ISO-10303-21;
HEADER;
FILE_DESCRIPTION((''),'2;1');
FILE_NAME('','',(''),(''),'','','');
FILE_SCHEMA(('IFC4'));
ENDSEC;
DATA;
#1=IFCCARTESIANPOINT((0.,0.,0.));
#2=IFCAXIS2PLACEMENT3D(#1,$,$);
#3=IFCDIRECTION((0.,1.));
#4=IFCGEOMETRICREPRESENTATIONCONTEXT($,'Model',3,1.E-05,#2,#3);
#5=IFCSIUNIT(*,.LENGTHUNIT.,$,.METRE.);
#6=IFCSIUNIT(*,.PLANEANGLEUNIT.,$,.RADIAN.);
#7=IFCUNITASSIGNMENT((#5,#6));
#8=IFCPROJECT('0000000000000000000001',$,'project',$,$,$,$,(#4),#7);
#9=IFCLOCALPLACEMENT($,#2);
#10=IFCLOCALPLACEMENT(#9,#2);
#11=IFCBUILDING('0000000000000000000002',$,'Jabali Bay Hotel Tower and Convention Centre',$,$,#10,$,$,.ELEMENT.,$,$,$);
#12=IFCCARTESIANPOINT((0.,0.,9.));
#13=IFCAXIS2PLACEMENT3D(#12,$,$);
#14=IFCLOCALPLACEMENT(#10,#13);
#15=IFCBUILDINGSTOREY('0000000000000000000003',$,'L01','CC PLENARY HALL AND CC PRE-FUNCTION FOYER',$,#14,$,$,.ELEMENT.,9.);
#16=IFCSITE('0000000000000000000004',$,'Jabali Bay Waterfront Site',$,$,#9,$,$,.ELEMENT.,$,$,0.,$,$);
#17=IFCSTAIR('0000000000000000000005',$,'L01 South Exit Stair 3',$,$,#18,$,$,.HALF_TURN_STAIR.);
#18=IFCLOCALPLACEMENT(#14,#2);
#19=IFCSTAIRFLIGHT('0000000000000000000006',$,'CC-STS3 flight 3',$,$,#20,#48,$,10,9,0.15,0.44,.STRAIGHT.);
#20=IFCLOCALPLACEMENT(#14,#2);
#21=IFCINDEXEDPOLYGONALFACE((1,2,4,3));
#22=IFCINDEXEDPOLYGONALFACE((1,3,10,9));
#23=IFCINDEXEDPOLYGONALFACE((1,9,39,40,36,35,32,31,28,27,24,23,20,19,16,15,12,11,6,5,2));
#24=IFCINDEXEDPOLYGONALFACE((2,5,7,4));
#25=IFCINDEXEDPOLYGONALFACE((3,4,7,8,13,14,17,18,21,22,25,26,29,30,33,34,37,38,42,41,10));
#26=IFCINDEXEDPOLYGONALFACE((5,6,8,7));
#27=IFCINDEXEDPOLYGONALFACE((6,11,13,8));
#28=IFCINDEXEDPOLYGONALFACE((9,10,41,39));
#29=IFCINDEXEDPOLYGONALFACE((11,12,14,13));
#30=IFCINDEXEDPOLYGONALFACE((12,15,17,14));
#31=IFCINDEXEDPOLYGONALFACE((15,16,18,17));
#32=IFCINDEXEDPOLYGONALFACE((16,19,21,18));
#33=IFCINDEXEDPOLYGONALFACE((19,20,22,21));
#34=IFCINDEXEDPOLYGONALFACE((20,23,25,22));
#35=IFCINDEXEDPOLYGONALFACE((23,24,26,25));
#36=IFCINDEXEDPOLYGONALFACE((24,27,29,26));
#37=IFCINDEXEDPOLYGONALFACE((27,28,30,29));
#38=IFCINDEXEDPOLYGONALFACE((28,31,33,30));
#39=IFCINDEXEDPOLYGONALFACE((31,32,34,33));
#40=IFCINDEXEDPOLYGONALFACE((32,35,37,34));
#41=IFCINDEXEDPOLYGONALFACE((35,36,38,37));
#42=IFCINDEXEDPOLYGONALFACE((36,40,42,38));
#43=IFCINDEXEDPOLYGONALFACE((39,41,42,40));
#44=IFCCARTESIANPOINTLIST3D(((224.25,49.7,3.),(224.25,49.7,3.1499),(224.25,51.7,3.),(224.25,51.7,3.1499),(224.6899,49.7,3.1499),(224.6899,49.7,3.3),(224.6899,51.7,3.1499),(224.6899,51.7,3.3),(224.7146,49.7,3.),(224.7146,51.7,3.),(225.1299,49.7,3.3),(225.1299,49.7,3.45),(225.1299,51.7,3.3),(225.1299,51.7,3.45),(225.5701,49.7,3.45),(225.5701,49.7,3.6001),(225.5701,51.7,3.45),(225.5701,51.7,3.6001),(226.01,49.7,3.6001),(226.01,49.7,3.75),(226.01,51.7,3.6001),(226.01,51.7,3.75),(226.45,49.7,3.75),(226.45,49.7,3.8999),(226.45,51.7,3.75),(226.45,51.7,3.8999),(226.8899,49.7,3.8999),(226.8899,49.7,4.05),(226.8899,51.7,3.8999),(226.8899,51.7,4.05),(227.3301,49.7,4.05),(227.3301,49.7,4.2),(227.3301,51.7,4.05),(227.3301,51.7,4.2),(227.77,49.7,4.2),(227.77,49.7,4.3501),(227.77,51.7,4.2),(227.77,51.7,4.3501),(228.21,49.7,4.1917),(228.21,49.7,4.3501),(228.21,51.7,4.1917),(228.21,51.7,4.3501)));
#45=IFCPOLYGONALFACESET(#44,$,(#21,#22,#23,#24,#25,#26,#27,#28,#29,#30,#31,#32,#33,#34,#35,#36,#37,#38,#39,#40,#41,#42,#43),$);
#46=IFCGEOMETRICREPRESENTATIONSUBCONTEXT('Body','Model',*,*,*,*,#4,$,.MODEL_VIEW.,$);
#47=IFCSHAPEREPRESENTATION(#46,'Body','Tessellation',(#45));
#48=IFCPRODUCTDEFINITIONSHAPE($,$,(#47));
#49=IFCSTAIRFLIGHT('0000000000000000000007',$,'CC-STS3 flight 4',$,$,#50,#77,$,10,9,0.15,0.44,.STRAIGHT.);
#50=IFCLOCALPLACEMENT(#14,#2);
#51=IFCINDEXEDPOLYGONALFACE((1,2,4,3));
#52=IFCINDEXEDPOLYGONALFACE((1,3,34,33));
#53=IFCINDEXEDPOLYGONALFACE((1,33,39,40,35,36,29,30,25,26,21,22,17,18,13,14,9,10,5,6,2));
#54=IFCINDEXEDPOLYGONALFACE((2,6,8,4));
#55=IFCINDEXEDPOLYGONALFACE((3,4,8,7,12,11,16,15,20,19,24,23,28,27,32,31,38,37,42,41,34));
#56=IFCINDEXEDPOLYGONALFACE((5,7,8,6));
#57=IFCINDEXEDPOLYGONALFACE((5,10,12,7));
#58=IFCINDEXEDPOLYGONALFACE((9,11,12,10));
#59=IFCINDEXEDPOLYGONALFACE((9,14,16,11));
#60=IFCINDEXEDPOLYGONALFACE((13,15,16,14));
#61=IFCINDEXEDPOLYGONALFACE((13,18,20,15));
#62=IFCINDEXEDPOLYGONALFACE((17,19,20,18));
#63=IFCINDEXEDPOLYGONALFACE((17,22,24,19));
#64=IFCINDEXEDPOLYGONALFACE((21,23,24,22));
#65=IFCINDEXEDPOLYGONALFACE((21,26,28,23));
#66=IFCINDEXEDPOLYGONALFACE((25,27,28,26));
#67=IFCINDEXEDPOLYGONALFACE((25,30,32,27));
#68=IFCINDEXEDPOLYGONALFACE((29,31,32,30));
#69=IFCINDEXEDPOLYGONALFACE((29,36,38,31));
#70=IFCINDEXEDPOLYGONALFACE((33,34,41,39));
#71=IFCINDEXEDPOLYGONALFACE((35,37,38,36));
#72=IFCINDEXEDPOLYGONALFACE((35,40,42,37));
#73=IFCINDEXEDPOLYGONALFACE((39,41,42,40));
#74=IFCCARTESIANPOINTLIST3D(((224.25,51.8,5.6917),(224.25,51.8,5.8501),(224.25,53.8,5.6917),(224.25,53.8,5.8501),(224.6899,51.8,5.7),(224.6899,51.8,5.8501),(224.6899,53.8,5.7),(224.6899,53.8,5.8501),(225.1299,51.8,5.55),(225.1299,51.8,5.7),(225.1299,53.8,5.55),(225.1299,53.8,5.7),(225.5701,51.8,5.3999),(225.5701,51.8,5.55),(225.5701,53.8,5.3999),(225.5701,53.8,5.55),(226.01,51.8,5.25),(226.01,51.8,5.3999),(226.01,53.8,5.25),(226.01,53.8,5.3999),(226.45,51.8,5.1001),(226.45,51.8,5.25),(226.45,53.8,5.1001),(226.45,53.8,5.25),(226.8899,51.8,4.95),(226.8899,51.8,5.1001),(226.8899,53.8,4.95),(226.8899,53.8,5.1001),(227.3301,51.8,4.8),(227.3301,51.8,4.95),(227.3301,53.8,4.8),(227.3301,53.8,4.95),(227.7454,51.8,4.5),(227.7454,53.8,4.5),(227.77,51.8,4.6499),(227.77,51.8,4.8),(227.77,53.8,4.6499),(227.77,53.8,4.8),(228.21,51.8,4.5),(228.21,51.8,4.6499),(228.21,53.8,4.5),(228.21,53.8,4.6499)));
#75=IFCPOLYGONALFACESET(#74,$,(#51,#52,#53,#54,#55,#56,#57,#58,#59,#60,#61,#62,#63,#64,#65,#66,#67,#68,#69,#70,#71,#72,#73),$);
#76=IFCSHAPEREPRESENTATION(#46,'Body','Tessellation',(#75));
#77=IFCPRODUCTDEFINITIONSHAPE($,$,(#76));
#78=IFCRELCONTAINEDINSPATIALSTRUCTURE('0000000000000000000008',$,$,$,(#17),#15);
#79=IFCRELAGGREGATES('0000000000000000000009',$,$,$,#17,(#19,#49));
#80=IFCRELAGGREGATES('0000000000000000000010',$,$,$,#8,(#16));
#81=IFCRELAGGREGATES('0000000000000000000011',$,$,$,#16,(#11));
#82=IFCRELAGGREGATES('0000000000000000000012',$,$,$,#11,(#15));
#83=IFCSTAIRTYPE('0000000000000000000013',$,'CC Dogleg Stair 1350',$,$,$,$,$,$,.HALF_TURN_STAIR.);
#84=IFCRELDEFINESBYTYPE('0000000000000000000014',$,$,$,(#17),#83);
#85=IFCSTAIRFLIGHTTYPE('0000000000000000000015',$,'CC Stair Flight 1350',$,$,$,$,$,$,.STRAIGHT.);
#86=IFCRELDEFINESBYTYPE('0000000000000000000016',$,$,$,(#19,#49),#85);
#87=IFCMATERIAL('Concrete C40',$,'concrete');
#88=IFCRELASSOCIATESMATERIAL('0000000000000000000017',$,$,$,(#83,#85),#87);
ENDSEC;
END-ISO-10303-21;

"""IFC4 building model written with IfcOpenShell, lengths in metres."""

from ifc_helpers import new_model, si_unit, direction, frame, origin, place, context, subcontext, project, spatial, polyline, outline, extrude, material, type_object, element, aggregate, save


model = new_model("IFC4")

# Units and contexts
model_context = context("Model", 3, precision=1e-05, world=origin(), true_north=direction((0.0, 1.0)))
body_context = subcontext(model_context, "Body", "Model", "MODEL_VIEW")
ifc_project = project(units=[si_unit("LENGTHUNIT", "METRE"), si_unit("PLANEANGLEUNIT", "RADIAN")], contexts=[model_context])

# Site, building, storey
site_placement = place(None, origin())
site = spatial("IfcSite", under=ifc_project, at=site_placement, Name="Jabali Bay Waterfront Site", CompositionType="ELEMENT", RefElevation=0.0)
building_placement = place(site_placement, origin())
building = spatial("IfcBuilding", under=site, at=building_placement, Name="Jabali Bay Hotel Tower and Convention Centre", CompositionType="ELEMENT")
storey_placement = place(building_placement, frame((0.0, 0.0, 9.0)))
storey = spatial("IfcBuildingStorey", under=building, at=storey_placement, Name="L01", Description="CC PLENARY HALL AND CC PRE-FUNCTION FOYER", CompositionType="ELEMENT", Elevation=9.0)

# Shared definitions
ifc_material_1 = material(Name="Concrete C40", Category="concrete")

# Stair, stair flights
stair_type = type_object("IfcStairType", Name="CC Dogleg Stair 1350", PredefinedType="HALF_TURN_STAIR", material=ifc_material_1)
stair_placement = place(storey_placement, origin())
stair = element("IfcStair", 1, at=stair_placement, inside=storey, type_object=stair_type, Name="L01 South Exit Stair 3", PredefinedType="HALF_TURN_STAIR")
stair_flight_type = type_object("IfcStairFlightType", Name="CC Stair Flight 1350", PredefinedType="STRAIGHT", material=ifc_material_1)
stair_flight_1_placement = place(storey_placement, frame((224.25, 50.7, 3.0), z_axis=(0.0, 0.0, 1.0), x_axis=(1.0, 0.0, 0.0)))
stair_flight_1 = element("IfcStairFlight", 2, at=stair_flight_1_placement, type_object=stair_flight_type, Name="CC-STS3 flight 3", NumberOfRisers=10, NumberOfTreads=9, PredefinedType="STRAIGHT", RiserHeight=0.15, TreadLength=0.44, context=body_context, shape_type="SweptSolid", body=[
    extrude(outline(polyline([(0.0, 0.0), (0.0, 0.1499), (0.4399, 0.1499), (0.4399, 0.3), (0.8799, 0.3), (0.8799, 0.45), (1.3201, 0.45), (1.3201, 0.6001), (1.76, 0.6001), (1.76, 0.75), (2.2, 0.75), (2.2, 0.8999), (2.6399, 0.8999), (2.6399, 1.05), (3.0801, 1.05), (3.0801, 1.2), (3.52, 1.2), (3.52, 1.3501), (3.96, 1.3501), (3.96, 1.5), (3.96, 1.1917), (0.4646, 0.0), (0.0, 0.0)])), frame((0.0, 1.0, 0.0), z_axis=(0.0, -1.0, 0.0), x_axis=(1.0, 0.0, 0.0)), (0.0, 0.0, 1.0), 2.0),
])
stair_flight_2_placement = place(storey_placement, frame((228.21, 52.8, 4.5), z_axis=(0.0, 0.0, 1.0), x_axis=(-1.0, 0.0, 0.0)))
stair_flight_2 = element("IfcStairFlight", 3, at=stair_flight_2_placement, type_object=stair_flight_type, Name="CC-STS3 flight 4", NumberOfRisers=10, NumberOfTreads=9, PredefinedType="STRAIGHT", RiserHeight=0.15, TreadLength=0.44, context=body_context, shape_type="SweptSolid", body=[
    extrude(outline(polyline([(0.0, 0.0), (0.0, 0.1499), (0.4399, 0.1499), (0.4399, 0.3), (0.8799, 0.3), (0.8799, 0.45), (1.3201, 0.45), (1.3201, 0.6001), (1.76, 0.6001), (1.76, 0.75), (2.2, 0.75), (2.2, 0.8999), (2.6399, 0.8999), (2.6399, 1.05), (3.0801, 1.05), (3.0801, 1.2), (3.52, 1.2), (3.52, 1.3501), (3.96, 1.3501), (3.96, 1.5), (3.96, 1.1917), (0.4646, 0.0), (0.0, 0.0)])), frame((0.0, 1.0, 0.0), z_axis=(0.0, -1.0, 0.0), x_axis=(1.0, 0.0, 0.0)), (0.0, 0.0, 1.0), 2.0),
])
aggregate(stair, [stair_flight_1, stair_flight_2])

save(model, "model.ifc")
